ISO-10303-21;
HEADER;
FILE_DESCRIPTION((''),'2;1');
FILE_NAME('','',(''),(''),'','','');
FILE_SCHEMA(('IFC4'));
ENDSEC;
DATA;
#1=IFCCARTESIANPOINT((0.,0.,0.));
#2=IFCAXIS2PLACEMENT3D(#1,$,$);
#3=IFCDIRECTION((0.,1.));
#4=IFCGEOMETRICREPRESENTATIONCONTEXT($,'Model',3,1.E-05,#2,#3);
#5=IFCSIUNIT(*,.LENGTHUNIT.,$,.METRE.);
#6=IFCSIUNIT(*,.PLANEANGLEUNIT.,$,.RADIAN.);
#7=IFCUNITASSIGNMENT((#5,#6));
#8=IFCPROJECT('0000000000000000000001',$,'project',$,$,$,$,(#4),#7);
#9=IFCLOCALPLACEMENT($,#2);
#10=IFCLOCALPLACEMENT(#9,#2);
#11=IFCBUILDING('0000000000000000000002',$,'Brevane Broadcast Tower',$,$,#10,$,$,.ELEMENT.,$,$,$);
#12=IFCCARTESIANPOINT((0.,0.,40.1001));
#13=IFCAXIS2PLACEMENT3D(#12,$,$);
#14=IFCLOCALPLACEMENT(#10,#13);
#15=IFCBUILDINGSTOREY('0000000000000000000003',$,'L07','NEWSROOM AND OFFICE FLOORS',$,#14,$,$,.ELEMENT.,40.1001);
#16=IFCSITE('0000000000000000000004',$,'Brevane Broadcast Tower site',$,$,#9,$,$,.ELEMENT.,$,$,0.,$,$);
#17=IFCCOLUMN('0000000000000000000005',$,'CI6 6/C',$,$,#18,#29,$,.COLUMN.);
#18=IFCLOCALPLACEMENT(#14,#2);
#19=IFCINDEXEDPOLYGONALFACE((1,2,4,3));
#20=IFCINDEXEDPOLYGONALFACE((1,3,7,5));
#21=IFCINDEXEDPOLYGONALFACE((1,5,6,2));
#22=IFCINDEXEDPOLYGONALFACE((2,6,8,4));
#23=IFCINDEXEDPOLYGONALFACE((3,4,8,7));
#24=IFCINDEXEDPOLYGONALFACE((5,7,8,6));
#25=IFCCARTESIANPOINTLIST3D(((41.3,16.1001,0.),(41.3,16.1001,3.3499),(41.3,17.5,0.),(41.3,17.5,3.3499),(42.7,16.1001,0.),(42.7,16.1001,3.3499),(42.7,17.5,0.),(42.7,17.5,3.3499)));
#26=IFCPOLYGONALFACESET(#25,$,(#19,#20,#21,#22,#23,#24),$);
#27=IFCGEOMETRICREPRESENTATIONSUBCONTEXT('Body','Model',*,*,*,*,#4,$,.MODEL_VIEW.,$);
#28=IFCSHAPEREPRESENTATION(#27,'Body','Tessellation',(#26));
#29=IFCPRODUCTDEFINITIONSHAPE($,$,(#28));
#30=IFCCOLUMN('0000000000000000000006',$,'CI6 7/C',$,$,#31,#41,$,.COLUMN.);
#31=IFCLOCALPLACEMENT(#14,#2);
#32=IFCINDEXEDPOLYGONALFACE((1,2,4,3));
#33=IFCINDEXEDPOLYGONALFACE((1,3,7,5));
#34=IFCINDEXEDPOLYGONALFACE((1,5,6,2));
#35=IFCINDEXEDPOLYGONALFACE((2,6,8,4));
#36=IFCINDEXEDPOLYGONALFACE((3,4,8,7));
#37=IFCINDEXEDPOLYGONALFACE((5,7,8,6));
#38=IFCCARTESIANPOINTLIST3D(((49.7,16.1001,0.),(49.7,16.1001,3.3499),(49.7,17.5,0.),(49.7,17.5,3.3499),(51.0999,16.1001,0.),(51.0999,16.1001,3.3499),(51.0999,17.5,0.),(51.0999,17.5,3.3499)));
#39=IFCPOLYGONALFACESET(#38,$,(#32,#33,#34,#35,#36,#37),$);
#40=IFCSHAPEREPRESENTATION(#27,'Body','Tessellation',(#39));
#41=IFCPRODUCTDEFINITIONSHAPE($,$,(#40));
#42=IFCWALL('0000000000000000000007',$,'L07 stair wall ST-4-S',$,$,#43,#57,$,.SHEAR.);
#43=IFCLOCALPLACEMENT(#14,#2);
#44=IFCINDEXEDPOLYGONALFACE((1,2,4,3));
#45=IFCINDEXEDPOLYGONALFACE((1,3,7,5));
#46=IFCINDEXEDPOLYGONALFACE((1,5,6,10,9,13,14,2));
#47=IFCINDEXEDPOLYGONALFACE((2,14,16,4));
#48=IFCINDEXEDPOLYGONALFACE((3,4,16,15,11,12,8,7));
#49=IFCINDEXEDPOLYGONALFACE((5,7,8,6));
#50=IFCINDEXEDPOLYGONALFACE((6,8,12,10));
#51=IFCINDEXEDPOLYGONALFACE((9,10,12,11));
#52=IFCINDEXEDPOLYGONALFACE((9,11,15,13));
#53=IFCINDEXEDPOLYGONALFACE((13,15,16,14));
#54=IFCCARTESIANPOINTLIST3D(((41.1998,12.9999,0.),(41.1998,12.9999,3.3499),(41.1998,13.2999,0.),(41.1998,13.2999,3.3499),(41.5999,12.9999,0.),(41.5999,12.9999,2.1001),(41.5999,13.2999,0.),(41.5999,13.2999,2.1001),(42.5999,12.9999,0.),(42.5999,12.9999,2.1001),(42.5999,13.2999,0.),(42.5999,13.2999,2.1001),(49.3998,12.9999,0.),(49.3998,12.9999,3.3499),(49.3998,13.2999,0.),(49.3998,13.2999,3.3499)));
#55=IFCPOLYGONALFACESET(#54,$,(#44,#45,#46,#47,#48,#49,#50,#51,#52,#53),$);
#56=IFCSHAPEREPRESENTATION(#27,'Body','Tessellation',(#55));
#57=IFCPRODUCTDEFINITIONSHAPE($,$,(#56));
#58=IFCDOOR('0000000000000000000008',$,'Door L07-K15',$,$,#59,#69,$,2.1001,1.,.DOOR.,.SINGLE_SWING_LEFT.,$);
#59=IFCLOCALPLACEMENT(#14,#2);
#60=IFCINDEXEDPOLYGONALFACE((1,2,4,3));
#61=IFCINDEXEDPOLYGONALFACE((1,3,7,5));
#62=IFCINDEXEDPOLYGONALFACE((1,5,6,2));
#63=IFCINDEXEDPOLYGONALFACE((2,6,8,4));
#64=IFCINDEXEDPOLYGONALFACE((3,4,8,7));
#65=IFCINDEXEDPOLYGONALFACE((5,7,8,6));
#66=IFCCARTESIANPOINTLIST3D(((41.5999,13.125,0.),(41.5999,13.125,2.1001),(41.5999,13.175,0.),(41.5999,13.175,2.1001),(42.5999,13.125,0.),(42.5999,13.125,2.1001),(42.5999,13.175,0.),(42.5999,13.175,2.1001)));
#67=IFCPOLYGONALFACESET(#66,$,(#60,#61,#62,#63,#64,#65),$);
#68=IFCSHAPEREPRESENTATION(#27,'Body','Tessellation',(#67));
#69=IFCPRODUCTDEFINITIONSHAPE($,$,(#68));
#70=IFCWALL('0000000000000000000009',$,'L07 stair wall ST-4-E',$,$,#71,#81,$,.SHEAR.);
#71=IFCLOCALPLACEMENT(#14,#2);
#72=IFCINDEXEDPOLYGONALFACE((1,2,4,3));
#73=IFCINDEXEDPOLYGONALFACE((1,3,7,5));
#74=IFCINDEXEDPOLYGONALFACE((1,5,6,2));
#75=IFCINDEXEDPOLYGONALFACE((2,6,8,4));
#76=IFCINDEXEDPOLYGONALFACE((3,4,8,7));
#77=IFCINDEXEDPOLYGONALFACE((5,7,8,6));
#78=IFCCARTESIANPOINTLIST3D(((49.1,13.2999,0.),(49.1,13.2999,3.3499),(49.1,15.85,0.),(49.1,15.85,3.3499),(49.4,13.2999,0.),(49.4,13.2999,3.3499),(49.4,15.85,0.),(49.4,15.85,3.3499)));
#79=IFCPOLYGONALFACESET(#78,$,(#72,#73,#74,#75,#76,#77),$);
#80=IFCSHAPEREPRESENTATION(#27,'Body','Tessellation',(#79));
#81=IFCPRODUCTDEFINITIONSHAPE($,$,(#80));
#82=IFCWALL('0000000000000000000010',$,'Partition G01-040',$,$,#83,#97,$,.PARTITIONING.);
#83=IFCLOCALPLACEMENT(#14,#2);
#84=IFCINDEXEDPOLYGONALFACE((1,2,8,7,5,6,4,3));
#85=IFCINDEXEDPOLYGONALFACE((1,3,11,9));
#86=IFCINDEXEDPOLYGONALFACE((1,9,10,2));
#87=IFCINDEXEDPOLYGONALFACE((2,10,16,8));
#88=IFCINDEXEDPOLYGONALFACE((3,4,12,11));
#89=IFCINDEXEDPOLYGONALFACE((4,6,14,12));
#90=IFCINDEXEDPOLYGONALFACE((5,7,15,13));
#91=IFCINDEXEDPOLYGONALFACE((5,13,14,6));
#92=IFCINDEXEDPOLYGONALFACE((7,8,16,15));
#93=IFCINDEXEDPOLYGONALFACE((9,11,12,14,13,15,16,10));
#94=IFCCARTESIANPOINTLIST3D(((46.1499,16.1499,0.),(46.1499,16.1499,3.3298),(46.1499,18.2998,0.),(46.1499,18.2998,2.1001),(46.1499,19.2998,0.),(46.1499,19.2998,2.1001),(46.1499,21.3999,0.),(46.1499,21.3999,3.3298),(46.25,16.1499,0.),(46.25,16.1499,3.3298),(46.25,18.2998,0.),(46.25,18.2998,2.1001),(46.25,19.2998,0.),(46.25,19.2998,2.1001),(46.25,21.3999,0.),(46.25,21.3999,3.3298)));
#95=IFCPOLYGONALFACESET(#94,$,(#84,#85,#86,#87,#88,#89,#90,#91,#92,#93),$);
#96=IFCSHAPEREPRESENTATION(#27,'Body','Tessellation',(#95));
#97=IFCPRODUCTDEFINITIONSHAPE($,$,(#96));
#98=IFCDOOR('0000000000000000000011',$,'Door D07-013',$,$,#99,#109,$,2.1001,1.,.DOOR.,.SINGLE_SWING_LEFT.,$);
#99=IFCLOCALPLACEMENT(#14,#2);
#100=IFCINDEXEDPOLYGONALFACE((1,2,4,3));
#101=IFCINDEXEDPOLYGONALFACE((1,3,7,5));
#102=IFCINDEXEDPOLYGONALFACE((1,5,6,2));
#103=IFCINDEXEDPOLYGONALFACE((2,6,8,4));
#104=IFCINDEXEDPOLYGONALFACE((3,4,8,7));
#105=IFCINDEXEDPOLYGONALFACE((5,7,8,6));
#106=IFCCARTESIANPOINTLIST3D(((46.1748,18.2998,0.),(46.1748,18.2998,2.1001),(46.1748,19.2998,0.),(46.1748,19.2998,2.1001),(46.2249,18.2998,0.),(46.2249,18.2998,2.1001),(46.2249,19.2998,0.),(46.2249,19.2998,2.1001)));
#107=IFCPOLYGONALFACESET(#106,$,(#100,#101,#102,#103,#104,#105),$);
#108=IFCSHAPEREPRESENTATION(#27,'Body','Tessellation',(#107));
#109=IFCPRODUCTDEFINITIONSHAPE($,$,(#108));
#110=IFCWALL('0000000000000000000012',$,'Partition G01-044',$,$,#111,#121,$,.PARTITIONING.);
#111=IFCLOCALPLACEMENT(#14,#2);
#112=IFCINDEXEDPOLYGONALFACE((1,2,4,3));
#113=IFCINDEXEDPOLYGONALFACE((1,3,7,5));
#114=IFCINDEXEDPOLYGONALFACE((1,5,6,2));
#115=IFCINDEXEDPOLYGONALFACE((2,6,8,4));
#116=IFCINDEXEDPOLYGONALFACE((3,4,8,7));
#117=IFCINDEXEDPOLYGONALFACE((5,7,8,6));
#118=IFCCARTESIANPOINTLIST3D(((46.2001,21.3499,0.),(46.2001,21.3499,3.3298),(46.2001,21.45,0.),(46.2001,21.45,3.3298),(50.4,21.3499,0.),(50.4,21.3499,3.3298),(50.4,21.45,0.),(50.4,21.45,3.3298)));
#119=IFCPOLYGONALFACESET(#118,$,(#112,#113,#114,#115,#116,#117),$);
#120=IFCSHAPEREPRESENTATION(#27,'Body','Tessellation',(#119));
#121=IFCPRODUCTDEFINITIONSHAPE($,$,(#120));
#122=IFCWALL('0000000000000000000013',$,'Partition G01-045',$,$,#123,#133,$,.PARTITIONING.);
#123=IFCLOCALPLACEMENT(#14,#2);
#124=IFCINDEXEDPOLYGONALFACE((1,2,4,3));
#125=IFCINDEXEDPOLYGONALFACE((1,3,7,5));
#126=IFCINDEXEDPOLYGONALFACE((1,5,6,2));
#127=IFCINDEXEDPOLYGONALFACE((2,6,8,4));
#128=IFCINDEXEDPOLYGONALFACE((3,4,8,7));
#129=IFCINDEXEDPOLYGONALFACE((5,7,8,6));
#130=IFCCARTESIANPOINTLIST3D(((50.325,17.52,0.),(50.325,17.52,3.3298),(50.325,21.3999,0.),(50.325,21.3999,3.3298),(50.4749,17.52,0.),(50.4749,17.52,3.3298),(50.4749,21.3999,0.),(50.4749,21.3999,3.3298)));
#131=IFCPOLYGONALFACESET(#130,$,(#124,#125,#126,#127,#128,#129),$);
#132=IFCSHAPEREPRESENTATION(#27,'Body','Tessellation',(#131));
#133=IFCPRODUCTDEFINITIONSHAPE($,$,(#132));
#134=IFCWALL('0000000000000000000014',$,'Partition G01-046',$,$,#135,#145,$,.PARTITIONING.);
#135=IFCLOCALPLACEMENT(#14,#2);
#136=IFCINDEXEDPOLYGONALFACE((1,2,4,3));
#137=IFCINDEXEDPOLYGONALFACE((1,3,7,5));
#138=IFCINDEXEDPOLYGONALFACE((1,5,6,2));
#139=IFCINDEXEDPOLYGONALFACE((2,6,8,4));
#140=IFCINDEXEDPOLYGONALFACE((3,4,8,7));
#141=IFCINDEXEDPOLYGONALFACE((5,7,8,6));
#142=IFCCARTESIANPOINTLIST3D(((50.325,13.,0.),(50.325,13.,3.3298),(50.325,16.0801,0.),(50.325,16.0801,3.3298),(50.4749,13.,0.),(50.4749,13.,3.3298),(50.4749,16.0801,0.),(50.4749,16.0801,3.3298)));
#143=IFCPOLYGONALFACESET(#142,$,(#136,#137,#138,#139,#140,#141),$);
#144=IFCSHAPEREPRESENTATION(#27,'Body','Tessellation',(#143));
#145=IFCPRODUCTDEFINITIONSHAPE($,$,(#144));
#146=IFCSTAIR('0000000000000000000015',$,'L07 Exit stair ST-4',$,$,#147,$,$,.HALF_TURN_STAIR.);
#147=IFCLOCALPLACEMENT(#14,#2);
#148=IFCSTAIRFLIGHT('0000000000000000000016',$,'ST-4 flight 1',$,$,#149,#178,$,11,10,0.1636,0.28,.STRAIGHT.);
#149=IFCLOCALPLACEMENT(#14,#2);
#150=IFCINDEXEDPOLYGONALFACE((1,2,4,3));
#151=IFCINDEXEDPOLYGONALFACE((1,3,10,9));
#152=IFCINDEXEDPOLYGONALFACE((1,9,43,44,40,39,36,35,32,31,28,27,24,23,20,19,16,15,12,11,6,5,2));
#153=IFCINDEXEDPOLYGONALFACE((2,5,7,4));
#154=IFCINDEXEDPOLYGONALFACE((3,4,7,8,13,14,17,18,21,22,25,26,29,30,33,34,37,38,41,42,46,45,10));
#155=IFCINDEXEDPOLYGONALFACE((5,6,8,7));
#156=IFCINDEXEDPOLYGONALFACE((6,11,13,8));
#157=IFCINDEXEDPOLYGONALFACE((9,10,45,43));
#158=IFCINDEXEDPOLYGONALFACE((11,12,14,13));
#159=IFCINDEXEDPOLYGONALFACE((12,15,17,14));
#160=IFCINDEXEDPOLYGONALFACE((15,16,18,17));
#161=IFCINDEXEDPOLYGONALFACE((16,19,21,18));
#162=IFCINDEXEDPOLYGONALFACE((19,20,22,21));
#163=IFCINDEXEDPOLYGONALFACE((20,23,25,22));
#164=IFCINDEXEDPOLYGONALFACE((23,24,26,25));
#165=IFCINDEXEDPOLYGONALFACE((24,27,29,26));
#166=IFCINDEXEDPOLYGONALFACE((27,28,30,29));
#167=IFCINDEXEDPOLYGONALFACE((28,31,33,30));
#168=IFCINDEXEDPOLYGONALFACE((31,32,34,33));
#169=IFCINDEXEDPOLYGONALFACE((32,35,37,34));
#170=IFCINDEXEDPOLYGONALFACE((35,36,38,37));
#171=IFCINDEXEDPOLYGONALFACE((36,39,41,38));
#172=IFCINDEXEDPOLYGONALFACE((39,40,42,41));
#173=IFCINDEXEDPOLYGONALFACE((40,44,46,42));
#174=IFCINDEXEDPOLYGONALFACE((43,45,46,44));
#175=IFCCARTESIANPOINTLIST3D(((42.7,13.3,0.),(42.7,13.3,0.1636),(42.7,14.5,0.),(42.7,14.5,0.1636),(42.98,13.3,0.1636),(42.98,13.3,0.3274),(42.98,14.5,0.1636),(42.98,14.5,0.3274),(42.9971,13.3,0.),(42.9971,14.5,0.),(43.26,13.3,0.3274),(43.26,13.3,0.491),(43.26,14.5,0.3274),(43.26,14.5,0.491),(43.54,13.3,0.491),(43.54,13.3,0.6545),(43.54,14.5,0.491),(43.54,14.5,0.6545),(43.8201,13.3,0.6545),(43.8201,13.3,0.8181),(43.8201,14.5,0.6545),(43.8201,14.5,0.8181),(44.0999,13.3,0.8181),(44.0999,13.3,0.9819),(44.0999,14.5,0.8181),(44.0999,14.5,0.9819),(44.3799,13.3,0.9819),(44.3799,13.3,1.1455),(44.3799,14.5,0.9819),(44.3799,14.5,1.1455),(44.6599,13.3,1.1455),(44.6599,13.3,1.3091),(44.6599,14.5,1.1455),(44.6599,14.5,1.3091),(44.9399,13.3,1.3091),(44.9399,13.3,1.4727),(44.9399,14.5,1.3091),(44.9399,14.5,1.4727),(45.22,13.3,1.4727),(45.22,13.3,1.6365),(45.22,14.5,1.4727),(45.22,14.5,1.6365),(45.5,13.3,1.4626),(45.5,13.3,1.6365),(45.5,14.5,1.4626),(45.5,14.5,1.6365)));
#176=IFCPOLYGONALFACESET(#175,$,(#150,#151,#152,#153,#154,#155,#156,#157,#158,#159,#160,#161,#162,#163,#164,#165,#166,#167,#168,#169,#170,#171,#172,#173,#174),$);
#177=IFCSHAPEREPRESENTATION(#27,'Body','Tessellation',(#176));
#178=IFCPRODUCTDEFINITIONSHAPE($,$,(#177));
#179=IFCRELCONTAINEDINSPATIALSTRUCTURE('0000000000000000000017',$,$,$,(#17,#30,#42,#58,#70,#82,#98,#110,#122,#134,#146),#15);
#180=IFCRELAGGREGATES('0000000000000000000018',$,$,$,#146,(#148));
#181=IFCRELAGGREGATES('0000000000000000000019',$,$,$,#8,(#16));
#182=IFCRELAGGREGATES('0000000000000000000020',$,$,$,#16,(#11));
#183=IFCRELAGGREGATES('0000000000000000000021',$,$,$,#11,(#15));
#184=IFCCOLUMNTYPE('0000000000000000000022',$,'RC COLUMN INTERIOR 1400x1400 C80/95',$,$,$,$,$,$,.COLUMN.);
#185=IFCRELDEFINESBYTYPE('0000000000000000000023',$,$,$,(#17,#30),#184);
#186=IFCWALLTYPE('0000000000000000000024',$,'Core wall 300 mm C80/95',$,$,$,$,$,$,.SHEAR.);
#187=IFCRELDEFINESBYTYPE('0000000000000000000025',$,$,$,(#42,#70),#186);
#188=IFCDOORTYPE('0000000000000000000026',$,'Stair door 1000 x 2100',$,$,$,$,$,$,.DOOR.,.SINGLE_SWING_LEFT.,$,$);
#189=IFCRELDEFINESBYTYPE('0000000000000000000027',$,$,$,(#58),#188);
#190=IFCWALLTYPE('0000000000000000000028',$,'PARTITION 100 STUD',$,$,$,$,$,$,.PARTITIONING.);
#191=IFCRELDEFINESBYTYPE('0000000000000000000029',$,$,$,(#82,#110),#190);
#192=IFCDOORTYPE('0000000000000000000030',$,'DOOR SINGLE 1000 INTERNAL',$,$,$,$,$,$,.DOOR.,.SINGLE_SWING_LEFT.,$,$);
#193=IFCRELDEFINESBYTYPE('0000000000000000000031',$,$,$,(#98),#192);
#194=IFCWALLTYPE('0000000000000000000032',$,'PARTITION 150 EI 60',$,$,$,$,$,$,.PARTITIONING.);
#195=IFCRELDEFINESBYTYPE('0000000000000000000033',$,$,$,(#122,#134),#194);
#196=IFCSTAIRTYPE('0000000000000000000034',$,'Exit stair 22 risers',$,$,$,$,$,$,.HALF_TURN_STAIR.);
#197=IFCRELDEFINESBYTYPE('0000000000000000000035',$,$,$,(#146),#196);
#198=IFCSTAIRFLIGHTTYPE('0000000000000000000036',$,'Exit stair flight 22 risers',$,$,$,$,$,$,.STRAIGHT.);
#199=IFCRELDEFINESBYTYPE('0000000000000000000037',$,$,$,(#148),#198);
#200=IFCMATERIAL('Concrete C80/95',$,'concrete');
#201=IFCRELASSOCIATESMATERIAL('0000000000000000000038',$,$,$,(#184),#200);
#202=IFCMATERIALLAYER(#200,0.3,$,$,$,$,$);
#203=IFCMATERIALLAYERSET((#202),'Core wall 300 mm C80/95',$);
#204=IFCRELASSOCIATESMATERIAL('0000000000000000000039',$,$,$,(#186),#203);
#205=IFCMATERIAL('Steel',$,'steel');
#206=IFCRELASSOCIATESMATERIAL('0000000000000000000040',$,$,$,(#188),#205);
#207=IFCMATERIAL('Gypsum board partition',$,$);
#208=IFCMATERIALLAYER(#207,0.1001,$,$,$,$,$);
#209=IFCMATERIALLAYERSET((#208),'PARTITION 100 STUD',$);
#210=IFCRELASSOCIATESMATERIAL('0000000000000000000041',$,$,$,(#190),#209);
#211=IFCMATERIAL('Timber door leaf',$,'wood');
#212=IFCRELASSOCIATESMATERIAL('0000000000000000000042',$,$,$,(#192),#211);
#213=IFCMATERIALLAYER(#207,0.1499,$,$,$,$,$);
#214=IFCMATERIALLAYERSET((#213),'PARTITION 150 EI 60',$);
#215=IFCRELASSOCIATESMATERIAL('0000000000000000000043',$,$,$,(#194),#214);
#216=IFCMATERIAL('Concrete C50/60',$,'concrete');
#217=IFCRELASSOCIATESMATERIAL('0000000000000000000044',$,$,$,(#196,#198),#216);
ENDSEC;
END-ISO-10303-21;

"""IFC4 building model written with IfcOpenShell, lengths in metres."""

from ifc_helpers import new_model, si_unit, direction, frame, frame_2d, origin, origin_2d, place, context, subcontext, project, spatial, polyline, rectangle, outline, extrude, material, layer, layer_set, material_profile, profile_set, type_object, element, fill, aggregate, save


model = new_model("IFC4")

# Units and contexts
model_context = context("Model", 3, precision=1e-05, world=origin(), true_north=direction((0.0, 1.0)))
body_context = subcontext(model_context, "Body", "Model", "MODEL_VIEW")
ifc_project = project(units=[si_unit("LENGTHUNIT", "METRE"), si_unit("PLANEANGLEUNIT", "RADIAN")], contexts=[model_context])

# Site, building, storey
site_placement = place(None, origin())
site = spatial("IfcSite", under=ifc_project, at=site_placement, Name="Brevane Broadcast Tower site", CompositionType="ELEMENT", RefElevation=0.0)
building_placement = place(site_placement, origin())
building = spatial("IfcBuilding", under=site, at=building_placement, Name="Brevane Broadcast Tower", CompositionType="ELEMENT")
storey_placement = place(building_placement, frame((0.0, 0.0, 40.1001)))
storey = spatial("IfcBuildingStorey", under=building, at=storey_placement, Name="L07", Description="NEWSROOM AND OFFICE FLOORS", CompositionType="ELEMENT", Elevation=40.1001)

# Columns
ifc_material_1 = material(Name="Concrete C80/95", Category="concrete")
ifc_material_profile = material_profile(ifc_material_1, rectangle(XDim=1.3999, YDim=1.3999, at=origin_2d()), Name="RC 1400x1400")
ifc_profile_set = profile_set([ifc_material_profile], Name="Concrete C80/95")
column_type = type_object("IfcColumnType", Name="RC COLUMN INTERIOR 1400x1400 C80/95", PredefinedType="COLUMN", material=ifc_profile_set)
for number, where, z_axis, x_axis, name in (
    (1, (42.0, 16.8, 0.0), (0.0, 0.0, 1.0), (1.0, 0.0, 0.0), "CI6 6/C"),
    (2, (50.3999, 16.8, 0.0), (0.0, 0.0, 1.0), (1.0, 0.0, 0.0), "CI6 7/C"),
):
    element("IfcColumn", number, at=place(storey_placement, frame(where, z_axis=z_axis, x_axis=x_axis)), inside=storey, type_object=column_type, Name=name, PredefinedType="COLUMN", context=body_context, shape_type="SweptSolid", body=[
        extrude(rectangle(XDim=1.3999, YDim=1.3999, at=origin_2d()), origin(), (0.0, 0.0, 1.0), 3.3499),
    ])

# Wall, opening, door
ifc_layer_1 = layer(ifc_material_1, 0.3)
ifc_layer_set_1 = layer_set([ifc_layer_1], Name="Core wall 300 mm C80/95")
wall_type_1 = type_object("IfcWallType", Name="Core wall 300 mm C80/95", PredefinedType="SHEAR", material=ifc_layer_set_1)
wall_1_placement = place(storey_placement, frame((49.3999, 13.1499, 0.0), z_axis=(0.0, 0.0, 1.0), x_axis=(-1.0, 0.0, 0.0)))
wall_1 = element("IfcWall", 3, at=wall_1_placement, inside=storey, type_object=wall_type_1, Name="L07 stair wall ST-4-S", PredefinedType="SHEAR", context=body_context, shape_type="SweptSolid", body=[
    extrude(rectangle(XDim=8.2, YDim=0.3, at=frame_2d((4.1001, 0.0))), origin(), (0.0, 0.0, 1.0), 3.3499),
])
opening_1_placement = place(wall_1_placement, frame((6.8, 0.0, 0.0)))
opening_1 = element("IfcOpeningElement", 4, at=opening_1_placement, cuts=wall_1, PredefinedType="OPENING", context=body_context, shape_type="SweptSolid", body=[
    extrude(rectangle(XDim=1.0, YDim=2.1001, at=frame_2d((0.5, 1.05))), frame((0.0, 0.1599, 0.0), z_axis=(0.0, -1.0, 0.0), x_axis=(1.0, 0.0, 0.0)), (0.0, 0.0, 1.0), 0.3201),
])
ifc_material_2 = material(Name="Steel", Category="steel")
door_type_1 = type_object("IfcDoorType", Name="Stair door 1000 x 2100", OperationType="SINGLE_SWING_LEFT", PredefinedType="DOOR", material=ifc_material_2)
door_1_placement = place(opening_1_placement, origin())
door_1 = element("IfcDoor", 5, at=door_1_placement, inside=storey, type_object=door_type_1, Name="Door L07-K15", OperationType="SINGLE_SWING_LEFT", OverallHeight=2.1001, OverallWidth=1.0, PredefinedType="DOOR", context=body_context, shape_type="SweptSolid", body=[
    extrude(rectangle(XDim=1.0, YDim=2.1001, at=frame_2d((0.5, 1.05))), frame((0.0, 0.0249, 0.0), z_axis=(0.0, -1.0, 0.0), x_axis=(1.0, 0.0, 0.0)), (0.0, 0.0, 1.0), 0.05),
])
fill(opening_1, door_1)

# Wall
wall_2_placement = place(storey_placement, frame((49.25, 13.3, 0.0), z_axis=(0.0, 0.0, 1.0), x_axis=(0.0, 1.0, 0.0)))
element("IfcWall", 6, at=wall_2_placement, inside=storey, type_object=wall_type_1, Name="L07 stair wall ST-4-E", PredefinedType="SHEAR", context=body_context, shape_type="SweptSolid", body=[
    extrude(rectangle(XDim=2.55, YDim=0.3, at=frame_2d((1.2749, 0.0))), origin(), (0.0, 0.0, 1.0), 3.3499),
])

# Wall, opening, door
ifc_material_3 = material(Name="Gypsum board partition")
ifc_layer_2 = layer(ifc_material_3, 0.1001)
ifc_layer_set_2 = layer_set([ifc_layer_2], Name="PARTITION 100 STUD")
wall_type_2 = type_object("IfcWallType", Name="PARTITION 100 STUD", PredefinedType="PARTITIONING", material=ifc_layer_set_2)
wall_3_placement = place(storey_placement, frame((46.2, 21.3999, 0.0), z_axis=(0.0, 0.0, 1.0), x_axis=(0.0, -1.0, 0.0)))
wall_3 = element("IfcWall", 7, at=wall_3_placement, inside=storey, type_object=wall_type_2, Name="Partition G01-040", PredefinedType="PARTITIONING", context=body_context, shape_type="SweptSolid", body=[
    extrude(rectangle(XDim=5.25, YDim=0.1001, at=frame_2d((2.625, 0.0))), origin(), (0.0, 0.0, 1.0), 3.3298),
])
opening_2_placement = place(wall_3_placement, frame((2.1001, 0.0, 0.0)))
opening_2 = element("IfcOpeningElement", 8, at=opening_2_placement, cuts=wall_3, PredefinedType="OPENING", context=body_context, shape_type="SweptSolid", body=[
    extrude(rectangle(XDim=1.0, YDim=2.1001, at=frame_2d((0.5, 1.05))), frame((0.0, 0.0601, 0.0), z_axis=(0.0, -1.0, 0.0), x_axis=(1.0, 0.0, 0.0)), (0.0, 0.0, 1.0), 0.1201),
])
ifc_material_4 = material(Name="Timber door leaf", Category="wood")
door_type_2 = type_object("IfcDoorType", Name="DOOR SINGLE 1000 INTERNAL", OperationType="SINGLE_SWING_LEFT", PredefinedType="DOOR", material=ifc_material_4)
door_2_placement = place(opening_2_placement, origin())
door_2 = element("IfcDoor", 9, at=door_2_placement, inside=storey, type_object=door_type_2, Name="Door D07-013", OperationType="SINGLE_SWING_LEFT", OverallHeight=2.1001, OverallWidth=1.0, PredefinedType="DOOR", context=body_context, shape_type="SweptSolid", body=[
    extrude(rectangle(XDim=1.0, YDim=2.1001, at=frame_2d((0.5, 1.05))), frame((0.0, 0.0249, 0.0), z_axis=(0.0, -1.0, 0.0), x_axis=(1.0, 0.0, 0.0)), (0.0, 0.0, 1.0), 0.05),
])
fill(opening_2, door_2)

# Walls
wall_4_placement = place(storey_placement, frame((46.2, 21.3999, 0.0), z_axis=(0.0, 0.0, 1.0), x_axis=(1.0, 0.0, 0.0)))
element("IfcWall", 10, at=wall_4_placement, inside=storey, type_object=wall_type_2, Name="Partition G01-044", PredefinedType="PARTITIONING", context=body_context, shape_type="SweptSolid", body=[
    extrude(rectangle(XDim=4.2, YDim=0.1001, at=frame_2d((2.1001, 0.0))), origin(), (0.0, 0.0, 1.0), 3.3298),
])
ifc_layer_3 = layer(ifc_material_3, 0.1499)
ifc_layer_set_3 = layer_set([ifc_layer_3], Name="PARTITION 150 EI 60")
wall_type_3 = type_object("IfcWallType", Name="PARTITION 150 EI 60", PredefinedType="PARTITIONING", material=ifc_layer_set_3)
wall_5_placement = place(storey_placement, frame((50.3999, 21.3999, 0.0), z_axis=(0.0, 0.0, 1.0), x_axis=(0.0, -1.0, 0.0)))
element("IfcWall", 11, at=wall_5_placement, inside=storey, type_object=wall_type_3, Name="Partition G01-045", PredefinedType="PARTITIONING", context=body_context, shape_type="SweptSolid", body=[
    extrude(rectangle(XDim=3.8799, YDim=0.1499, at=frame_2d((1.9399, 0.0))), origin(), (0.0, 0.0, 1.0), 3.3298),
])
wall_6_placement = place(storey_placement, frame((50.3999, 16.0801, 0.0), z_axis=(0.0, 0.0, 1.0), x_axis=(0.0, -1.0, 0.0)))
element("IfcWall", 12, at=wall_6_placement, inside=storey, type_object=wall_type_3, Name="Partition G01-046", PredefinedType="PARTITIONING", context=body_context, shape_type="SweptSolid", body=[
    extrude(rectangle(XDim=3.0801, YDim=0.1499, at=frame_2d((1.54, 0.0))), origin(), (0.0, 0.0, 1.0), 3.3298),
])

# Stair, stair flight
ifc_material_5 = material(Name="Concrete C50/60", Category="concrete")
stair_type = type_object("IfcStairType", Name="Exit stair 22 risers", PredefinedType="HALF_TURN_STAIR", material=ifc_material_5)
stair_placement = place(storey_placement, origin())
stair = element("IfcStair", 13, at=stair_placement, inside=storey, type_object=stair_type, Name="L07 Exit stair ST-4", PredefinedType="HALF_TURN_STAIR")
stair_flight_type = type_object("IfcStairFlightType", Name="Exit stair flight 22 risers", PredefinedType="STRAIGHT", material=ifc_material_5)
stair_flight_1_placement = place(storey_placement, frame((42.7, 13.8999, 0.0), z_axis=(0.0, 0.0, 1.0), x_axis=(1.0, 0.0, 0.0)))
stair_flight_1 = element("IfcStairFlight", 14, at=stair_flight_1_placement, type_object=stair_flight_type, Name="ST-4 flight 1", NumberOfRisers=11, NumberOfTreads=10, PredefinedType="STRAIGHT", RiserHeight=0.1636, TreadLength=0.28, context=body_context, shape_type="SweptSolid", body=[
    extrude(outline(polyline([(0.0, 0.0), (0.0, 0.1636), (0.28, 0.1636), (0.28, 0.3274), (0.5601, 0.3274), (0.5601, 0.491), (0.8401, 0.491), (0.8401, 0.6545), (1.1201, 0.6545), (1.1201, 0.8181), (1.3999, 0.8181), (1.3999, 0.9819), (1.6799, 0.9819), (1.6799, 1.1455), (1.96, 1.1455), (1.96, 1.3091), (2.24, 1.3091), (2.24, 1.4727), (2.52, 1.4727), (2.52, 1.6365), (2.8, 1.6365), (2.8, 1.8), (2.8, 1.4626), (0.2971, 0.0), (0.0, 0.0)])), frame((0.0, 0.6001, 0.0), z_axis=(0.0, -1.0, 0.0), x_axis=(1.0, 0.0, 0.0)), (0.0, 0.0, 1.0), 1.2),
])
aggregate(stair, [stair_flight_1])

save(model, "model.ifc")
